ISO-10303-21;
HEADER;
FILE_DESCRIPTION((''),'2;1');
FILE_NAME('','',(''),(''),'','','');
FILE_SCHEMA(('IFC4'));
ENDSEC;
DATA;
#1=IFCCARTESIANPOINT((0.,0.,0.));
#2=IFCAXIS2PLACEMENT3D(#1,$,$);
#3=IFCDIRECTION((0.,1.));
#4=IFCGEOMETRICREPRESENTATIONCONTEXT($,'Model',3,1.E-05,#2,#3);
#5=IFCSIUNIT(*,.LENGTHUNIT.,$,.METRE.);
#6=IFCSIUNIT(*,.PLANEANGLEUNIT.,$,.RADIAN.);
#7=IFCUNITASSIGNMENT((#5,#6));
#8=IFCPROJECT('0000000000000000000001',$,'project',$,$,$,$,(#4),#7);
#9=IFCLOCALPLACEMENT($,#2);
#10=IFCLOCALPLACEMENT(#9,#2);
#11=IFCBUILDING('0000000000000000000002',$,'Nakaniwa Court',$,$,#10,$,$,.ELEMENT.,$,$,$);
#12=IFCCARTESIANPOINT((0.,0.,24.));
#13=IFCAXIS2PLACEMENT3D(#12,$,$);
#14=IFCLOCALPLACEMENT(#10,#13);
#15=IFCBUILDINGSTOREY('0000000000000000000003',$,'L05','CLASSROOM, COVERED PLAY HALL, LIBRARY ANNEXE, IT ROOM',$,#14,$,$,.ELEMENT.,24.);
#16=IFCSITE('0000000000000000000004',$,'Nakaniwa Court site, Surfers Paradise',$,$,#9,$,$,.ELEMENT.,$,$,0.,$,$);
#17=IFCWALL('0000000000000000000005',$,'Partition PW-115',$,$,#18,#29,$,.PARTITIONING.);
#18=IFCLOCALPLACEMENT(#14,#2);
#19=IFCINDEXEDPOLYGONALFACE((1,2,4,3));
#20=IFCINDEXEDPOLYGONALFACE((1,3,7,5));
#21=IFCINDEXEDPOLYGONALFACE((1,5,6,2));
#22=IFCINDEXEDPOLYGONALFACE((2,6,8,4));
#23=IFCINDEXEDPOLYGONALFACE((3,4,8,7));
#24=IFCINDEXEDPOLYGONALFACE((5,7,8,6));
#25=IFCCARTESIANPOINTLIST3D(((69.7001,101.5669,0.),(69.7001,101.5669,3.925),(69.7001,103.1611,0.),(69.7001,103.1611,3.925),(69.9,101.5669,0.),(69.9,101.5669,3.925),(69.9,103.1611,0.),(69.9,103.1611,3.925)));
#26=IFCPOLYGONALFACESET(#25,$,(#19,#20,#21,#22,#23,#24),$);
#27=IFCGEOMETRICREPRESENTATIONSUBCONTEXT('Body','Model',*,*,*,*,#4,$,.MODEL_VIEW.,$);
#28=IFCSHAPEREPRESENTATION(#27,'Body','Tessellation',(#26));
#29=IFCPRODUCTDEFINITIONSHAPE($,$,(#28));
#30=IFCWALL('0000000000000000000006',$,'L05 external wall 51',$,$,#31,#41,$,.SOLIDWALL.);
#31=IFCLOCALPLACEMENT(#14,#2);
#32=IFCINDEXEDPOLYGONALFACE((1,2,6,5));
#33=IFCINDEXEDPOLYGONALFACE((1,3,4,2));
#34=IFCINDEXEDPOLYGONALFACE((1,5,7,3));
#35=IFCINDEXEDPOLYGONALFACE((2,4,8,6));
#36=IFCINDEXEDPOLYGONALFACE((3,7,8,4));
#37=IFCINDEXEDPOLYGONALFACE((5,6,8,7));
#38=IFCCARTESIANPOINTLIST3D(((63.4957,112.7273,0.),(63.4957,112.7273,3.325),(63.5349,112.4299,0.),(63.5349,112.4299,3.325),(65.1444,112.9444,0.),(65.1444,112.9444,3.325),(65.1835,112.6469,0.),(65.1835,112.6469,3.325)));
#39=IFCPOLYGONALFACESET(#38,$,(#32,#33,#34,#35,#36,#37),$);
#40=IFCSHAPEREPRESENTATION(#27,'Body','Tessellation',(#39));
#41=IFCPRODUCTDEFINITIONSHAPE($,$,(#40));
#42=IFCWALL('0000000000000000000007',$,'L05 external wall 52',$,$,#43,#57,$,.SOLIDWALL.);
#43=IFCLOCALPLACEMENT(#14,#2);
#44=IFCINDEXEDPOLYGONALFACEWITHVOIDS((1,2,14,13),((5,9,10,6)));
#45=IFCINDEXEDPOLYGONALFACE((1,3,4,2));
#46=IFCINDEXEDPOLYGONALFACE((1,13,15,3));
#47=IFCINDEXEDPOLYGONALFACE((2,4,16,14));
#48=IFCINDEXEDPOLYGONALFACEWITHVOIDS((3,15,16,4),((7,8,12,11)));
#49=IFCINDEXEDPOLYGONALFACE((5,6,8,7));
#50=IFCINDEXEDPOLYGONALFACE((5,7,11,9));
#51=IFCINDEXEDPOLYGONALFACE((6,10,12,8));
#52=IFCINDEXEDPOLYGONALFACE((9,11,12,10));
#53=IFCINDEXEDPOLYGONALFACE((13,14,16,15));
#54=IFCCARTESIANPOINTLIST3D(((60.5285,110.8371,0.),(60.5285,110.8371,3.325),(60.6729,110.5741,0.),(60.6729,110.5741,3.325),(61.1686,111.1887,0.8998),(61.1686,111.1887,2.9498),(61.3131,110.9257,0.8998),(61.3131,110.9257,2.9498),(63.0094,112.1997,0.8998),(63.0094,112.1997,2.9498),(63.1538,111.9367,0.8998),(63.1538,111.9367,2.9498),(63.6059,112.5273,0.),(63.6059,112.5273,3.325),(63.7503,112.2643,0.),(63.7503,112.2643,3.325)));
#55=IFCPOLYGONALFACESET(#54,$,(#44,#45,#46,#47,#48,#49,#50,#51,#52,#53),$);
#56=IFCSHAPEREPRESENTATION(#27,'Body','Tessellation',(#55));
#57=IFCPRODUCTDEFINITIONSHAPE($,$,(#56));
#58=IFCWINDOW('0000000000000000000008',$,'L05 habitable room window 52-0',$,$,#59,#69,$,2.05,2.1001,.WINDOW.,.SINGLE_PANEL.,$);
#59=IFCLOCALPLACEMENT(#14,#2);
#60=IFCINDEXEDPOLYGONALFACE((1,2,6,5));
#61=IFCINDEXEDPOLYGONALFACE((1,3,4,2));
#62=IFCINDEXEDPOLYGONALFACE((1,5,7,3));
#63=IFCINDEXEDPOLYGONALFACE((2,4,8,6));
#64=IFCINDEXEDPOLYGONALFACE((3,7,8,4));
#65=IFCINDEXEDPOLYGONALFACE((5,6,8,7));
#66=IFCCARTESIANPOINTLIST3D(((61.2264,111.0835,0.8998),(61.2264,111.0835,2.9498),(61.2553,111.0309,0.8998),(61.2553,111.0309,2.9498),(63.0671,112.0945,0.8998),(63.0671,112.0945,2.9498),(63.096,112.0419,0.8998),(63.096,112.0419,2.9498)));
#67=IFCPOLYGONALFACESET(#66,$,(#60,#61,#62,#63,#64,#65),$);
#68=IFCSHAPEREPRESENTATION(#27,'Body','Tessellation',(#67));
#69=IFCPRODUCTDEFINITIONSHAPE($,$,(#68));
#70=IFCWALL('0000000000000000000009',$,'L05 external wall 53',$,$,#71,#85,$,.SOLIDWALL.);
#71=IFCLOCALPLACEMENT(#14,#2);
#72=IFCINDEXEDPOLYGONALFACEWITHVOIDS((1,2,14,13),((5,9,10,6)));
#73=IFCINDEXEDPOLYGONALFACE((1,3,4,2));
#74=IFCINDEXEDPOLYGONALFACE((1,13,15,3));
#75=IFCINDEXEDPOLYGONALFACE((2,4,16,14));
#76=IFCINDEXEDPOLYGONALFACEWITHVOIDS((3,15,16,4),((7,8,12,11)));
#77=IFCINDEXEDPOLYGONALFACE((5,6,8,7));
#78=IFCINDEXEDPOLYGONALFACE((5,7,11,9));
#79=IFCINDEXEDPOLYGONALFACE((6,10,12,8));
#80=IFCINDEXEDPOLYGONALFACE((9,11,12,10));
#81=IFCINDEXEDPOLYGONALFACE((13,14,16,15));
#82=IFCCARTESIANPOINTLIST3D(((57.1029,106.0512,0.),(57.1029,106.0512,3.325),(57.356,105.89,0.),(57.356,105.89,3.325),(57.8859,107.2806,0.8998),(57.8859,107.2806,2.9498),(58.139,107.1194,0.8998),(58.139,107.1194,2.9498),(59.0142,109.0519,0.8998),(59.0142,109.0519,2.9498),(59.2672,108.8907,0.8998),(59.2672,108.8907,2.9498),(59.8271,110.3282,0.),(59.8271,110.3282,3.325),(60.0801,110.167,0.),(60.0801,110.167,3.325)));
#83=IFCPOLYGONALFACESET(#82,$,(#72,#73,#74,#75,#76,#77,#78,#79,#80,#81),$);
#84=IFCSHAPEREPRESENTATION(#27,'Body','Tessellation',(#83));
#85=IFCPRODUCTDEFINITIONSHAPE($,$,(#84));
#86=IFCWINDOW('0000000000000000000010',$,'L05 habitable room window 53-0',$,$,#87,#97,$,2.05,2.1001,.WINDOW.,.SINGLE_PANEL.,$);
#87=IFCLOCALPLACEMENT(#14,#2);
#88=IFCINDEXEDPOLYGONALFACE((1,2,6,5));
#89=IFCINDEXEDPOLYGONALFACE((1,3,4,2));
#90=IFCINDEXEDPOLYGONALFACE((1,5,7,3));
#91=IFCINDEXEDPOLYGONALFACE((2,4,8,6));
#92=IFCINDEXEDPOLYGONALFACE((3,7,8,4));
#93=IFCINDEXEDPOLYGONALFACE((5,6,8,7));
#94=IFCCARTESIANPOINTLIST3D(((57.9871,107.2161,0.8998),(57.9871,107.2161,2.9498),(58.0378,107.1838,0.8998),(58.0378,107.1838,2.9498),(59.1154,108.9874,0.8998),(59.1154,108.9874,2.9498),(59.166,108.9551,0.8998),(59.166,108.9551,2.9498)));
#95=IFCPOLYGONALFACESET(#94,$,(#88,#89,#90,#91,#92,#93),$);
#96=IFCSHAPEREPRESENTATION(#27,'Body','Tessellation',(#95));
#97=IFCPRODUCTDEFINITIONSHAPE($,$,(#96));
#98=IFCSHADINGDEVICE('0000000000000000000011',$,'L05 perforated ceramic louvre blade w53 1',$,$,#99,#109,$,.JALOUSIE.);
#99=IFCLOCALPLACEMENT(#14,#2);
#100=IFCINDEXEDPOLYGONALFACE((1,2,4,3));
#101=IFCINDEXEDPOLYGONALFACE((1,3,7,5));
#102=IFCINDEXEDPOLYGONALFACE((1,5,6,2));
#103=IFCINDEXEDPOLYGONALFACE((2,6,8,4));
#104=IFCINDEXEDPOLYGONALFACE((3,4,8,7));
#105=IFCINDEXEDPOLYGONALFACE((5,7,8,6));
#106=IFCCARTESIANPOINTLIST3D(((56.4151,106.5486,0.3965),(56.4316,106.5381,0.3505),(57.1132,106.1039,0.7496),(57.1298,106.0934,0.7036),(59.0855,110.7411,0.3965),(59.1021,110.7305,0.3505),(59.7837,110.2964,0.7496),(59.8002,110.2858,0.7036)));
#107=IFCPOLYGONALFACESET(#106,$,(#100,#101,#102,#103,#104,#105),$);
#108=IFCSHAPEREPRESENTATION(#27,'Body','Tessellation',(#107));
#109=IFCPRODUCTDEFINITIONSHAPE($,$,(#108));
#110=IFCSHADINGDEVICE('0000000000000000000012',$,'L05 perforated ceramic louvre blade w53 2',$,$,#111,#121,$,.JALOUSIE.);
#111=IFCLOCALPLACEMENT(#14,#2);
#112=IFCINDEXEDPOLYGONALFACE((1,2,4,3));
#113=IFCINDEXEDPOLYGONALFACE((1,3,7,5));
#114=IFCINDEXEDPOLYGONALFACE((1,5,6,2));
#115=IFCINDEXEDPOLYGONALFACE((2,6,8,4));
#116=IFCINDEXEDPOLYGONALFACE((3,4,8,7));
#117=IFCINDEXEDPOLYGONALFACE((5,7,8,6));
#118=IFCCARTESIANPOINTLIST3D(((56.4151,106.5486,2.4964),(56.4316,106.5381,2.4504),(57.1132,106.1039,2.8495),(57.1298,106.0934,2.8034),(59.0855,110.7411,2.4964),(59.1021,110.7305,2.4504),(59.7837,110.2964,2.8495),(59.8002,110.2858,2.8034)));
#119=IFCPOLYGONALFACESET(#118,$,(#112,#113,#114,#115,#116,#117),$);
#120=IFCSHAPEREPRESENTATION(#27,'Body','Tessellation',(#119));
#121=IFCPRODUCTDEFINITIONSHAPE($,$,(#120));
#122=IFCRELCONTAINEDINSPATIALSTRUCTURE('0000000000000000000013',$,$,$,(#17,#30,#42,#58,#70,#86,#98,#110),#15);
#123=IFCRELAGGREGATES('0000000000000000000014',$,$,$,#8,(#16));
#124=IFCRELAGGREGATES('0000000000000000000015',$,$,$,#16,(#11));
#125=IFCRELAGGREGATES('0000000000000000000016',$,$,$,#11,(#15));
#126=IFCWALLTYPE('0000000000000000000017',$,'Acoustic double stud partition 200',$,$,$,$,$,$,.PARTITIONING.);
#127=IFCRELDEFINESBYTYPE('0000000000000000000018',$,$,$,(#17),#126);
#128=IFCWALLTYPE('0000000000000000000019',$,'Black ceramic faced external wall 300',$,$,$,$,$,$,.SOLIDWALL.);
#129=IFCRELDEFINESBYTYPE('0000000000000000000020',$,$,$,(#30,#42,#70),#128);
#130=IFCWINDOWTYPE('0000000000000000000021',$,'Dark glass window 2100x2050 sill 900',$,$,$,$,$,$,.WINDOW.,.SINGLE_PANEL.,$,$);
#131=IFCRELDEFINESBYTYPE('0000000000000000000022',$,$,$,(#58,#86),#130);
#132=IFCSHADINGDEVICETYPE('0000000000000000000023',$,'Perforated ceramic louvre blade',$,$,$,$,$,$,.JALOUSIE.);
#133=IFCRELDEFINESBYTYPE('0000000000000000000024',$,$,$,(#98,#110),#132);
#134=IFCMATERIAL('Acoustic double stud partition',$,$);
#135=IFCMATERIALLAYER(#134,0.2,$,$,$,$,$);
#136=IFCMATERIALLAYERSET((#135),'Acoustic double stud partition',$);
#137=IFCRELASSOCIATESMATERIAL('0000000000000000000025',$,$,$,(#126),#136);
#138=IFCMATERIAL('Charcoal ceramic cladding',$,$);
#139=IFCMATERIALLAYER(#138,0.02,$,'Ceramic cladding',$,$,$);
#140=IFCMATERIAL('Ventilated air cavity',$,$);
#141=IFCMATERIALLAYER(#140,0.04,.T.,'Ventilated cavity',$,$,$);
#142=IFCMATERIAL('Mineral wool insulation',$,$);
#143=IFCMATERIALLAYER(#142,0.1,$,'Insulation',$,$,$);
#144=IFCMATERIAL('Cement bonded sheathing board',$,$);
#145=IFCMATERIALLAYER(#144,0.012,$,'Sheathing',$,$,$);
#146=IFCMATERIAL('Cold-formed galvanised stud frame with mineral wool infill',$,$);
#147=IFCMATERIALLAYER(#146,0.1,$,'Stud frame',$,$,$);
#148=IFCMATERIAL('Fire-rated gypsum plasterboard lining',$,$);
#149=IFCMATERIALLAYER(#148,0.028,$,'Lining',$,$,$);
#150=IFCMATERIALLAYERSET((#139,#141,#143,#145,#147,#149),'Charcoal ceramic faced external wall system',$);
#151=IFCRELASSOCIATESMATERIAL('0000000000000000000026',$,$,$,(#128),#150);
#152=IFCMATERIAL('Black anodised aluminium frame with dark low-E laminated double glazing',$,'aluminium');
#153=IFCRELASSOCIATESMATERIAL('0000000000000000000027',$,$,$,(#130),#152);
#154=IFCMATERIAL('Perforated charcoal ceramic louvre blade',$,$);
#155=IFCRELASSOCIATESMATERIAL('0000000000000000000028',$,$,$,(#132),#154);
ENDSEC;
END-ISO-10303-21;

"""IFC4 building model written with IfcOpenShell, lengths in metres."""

from ifc_helpers import new_model, si_unit, direction, frame, frame_2d, origin, origin_2d, place, context, subcontext, project, spatial, rectangle, extrude, material, layer, layer_set, material_profile, profile_set, type_object, element, fill, save


model = new_model("IFC4")

# Units and contexts
model_context = context("Model", 3, precision=1e-05, world=origin(), true_north=direction((0.0, 1.0)))
body_context = subcontext(model_context, "Body", "Model", "MODEL_VIEW")
ifc_project = project(units=[si_unit("LENGTHUNIT", "METRE"), si_unit("PLANEANGLEUNIT", "RADIAN")], contexts=[model_context])

# Site, building, storey
site_placement = place(None, origin())
site = spatial("IfcSite", under=ifc_project, at=site_placement, Name="Nakaniwa Court site, Surfers Paradise", CompositionType="ELEMENT", RefElevation=0.0)
building_placement = place(site_placement, origin())
building = spatial("IfcBuilding", under=site, at=building_placement, Name="Nakaniwa Court", CompositionType="ELEMENT")
storey_placement = place(building_placement, frame((0.0, 0.0, 24.0)))
storey = spatial("IfcBuildingStorey", under=building, at=storey_placement, Name="L05", Description="CLASSROOM, COVERED PLAY HALL, LIBRARY ANNEXE, IT ROOM", CompositionType="ELEMENT", Elevation=24.0)

# Shared definitions
ifc_material_1 = material(Name="Acoustic double stud partition")
ifc_layer_1 = layer(ifc_material_1, 0.2)
ifc_layer_set_1 = layer_set([ifc_layer_1], Name="Acoustic double stud partition")
wall_type_1 = type_object("IfcWallType", Name="Acoustic double stud partition 200", PredefinedType="PARTITIONING", material=ifc_layer_set_1)

# Walls
wall_1_placement = place(storey_placement, frame((69.8, 101.5669, 0.0), z_axis=(0.0, 0.0, 1.0), x_axis=(0.0, 1.0, 0.0)))
element("IfcWall", 1, at=wall_1_placement, inside=storey, type_object=wall_type_1, Name="Partition PW-115", PredefinedType="PARTITIONING", context=body_context, shape_type="SweptSolid", body=[
    extrude(rectangle(XDim=1.5942, YDim=0.2, at=frame_2d((0.7971, 0.0))), origin(), (0.0, 0.0, 1.0), 3.925),
])
ifc_material_2 = material(Name="Charcoal ceramic cladding")
ifc_layer_2 = layer(ifc_material_2, 0.02, Name="Ceramic cladding")
ifc_material_3 = material(Name="Ventilated air cavity")
ifc_layer_3 = layer(ifc_material_3, 0.04, ventilated=True, Name="Ventilated cavity")
ifc_material_4 = material(Name="Mineral wool insulation")
ifc_layer_4 = layer(ifc_material_4, 0.1, Name="Insulation")
ifc_material_5 = material(Name="Cement bonded sheathing board")
ifc_layer_5 = layer(ifc_material_5, 0.012, Name="Sheathing")
ifc_material_6 = material(Name="Cold-formed galvanised stud frame with mineral wool infill")
ifc_layer_6 = layer(ifc_material_6, 0.1, Name="Stud frame")
ifc_material_7 = material(Name="Fire-rated gypsum plasterboard lining")
ifc_layer_7 = layer(ifc_material_7, 0.028, Name="Lining")
ifc_layer_set_2 = layer_set([ifc_layer_2, ifc_layer_3, ifc_layer_4, ifc_layer_5, ifc_layer_6, ifc_layer_7], Name="Charcoal ceramic faced external wall system")
wall_type_2 = type_object("IfcWallType", Name="Black ceramic faced external wall 300", PredefinedType="SOLIDWALL", material=ifc_layer_set_2)
wall_2_placement = place(storey_placement, frame((65.1641, 112.7957, 0.0), z_axis=(0.0, 0.0, 1.0), x_axis=(-0.991446, -0.130519, 0.0)))
element("IfcWall", 2, at=wall_2_placement, inside=storey, type_object=wall_type_2, Name="L05 external wall 51", PredefinedType="SOLIDWALL", context=body_context, shape_type="SweptSolid", body=[
    extrude(rectangle(XDim=1.6628, YDim=0.3, at=frame_2d((0.8315, 0.0))), origin(), (0.0, 0.0, 1.0), 3.325),
])

# Walls, openings, windows
wall_3_placement = place(storey_placement, frame((63.678, 112.3958, 0.0), z_axis=(0.0, 0.0, 1.0), x_axis=(-0.876502, -0.481398, 0.0)))
wall_3 = element("IfcWall", 3, at=wall_3_placement, inside=storey, type_object=wall_type_2, Name="L05 external wall 52", PredefinedType="SOLIDWALL", context=body_context, shape_type="SweptSolid", body=[
    extrude(rectangle(XDim=3.511, YDim=0.3, at=frame_2d((1.7554, 0.0))), origin(), (0.0, 0.0, 1.0), 3.325),
])
opening_1_placement = place(wall_3_placement, frame((0.6804, 0.0, 0.8999)))
opening_1 = element("IfcOpeningElement", 4, at=opening_1_placement, cuts=wall_3, PredefinedType="OPENING", context=body_context, shape_type="SweptSolid", body=[
    extrude(rectangle(XDim=2.1001, YDim=2.05, at=frame_2d((1.05, 1.0249))), frame((0.0, 0.1599, 0.0), z_axis=(0.0, -1.0, 0.0), x_axis=(1.0, 0.0, 0.0)), (0.0, 0.0, 1.0), 0.3201),
])
ifc_material_8 = material(Name="Black anodised aluminium frame with dark low-E laminated double glazing", Category="aluminium")
window_type = type_object("IfcWindowType", Name="Dark glass window 2100x2050 sill 900", PartitioningType="SINGLE_PANEL", PredefinedType="WINDOW", material=ifc_material_8)
window_1_placement = place(opening_1_placement, origin())
window_1 = element("IfcWindow", 5, at=window_1_placement, inside=storey, type_object=window_type, Name="L05 habitable room window 52-0", OverallHeight=2.05, OverallWidth=2.1001, PartitioningType="SINGLE_PANEL", PredefinedType="WINDOW", context=body_context, shape_type="SweptSolid", body=[
    extrude(rectangle(XDim=2.1001, YDim=2.05, at=frame_2d((1.05, 1.0249))), frame((0.0, 0.03, 0.0), z_axis=(0.0, -1.0, 0.0), x_axis=(1.0, 0.0, 0.0)), (0.0, 0.0, 1.0), 0.0601),
])
fill(opening_1, window_1)
wall_4_placement = place(storey_placement, frame((59.9536, 110.2476, 0.0), z_axis=(0.0, 0.0, 1.0), x_axis=(-0.537224, -0.843439, 0.0)))
wall_4 = element("IfcWall", 6, at=wall_4_placement, inside=storey, type_object=wall_type_2, Name="L05 external wall 53", PredefinedType="SOLIDWALL", context=body_context, shape_type="SweptSolid", body=[
    extrude(rectangle(XDim=5.0708, YDim=0.3, at=frame_2d((2.5354, 0.0))), origin(), (0.0, 0.0, 1.0), 3.325),
])
opening_2_placement = place(wall_4_placement, frame((1.5132, 0.0, 0.8999)))
opening_2 = element("IfcOpeningElement", 7, at=opening_2_placement, cuts=wall_4, PredefinedType="OPENING", context=body_context, shape_type="SweptSolid", body=[
    extrude(rectangle(XDim=2.1001, YDim=2.05, at=frame_2d((1.05, 1.0249))), frame((0.0, 0.1599, 0.0), z_axis=(0.0, -1.0, 0.0), x_axis=(1.0, 0.0, 0.0)), (0.0, 0.0, 1.0), 0.3201),
])
window_2_placement = place(opening_2_placement, origin())
window_2 = element("IfcWindow", 8, at=window_2_placement, inside=storey, type_object=window_type, Name="L05 habitable room window 53-0", OverallHeight=2.05, OverallWidth=2.1001, PartitioningType="SINGLE_PANEL", PredefinedType="WINDOW", context=body_context, shape_type="SweptSolid", body=[
    extrude(rectangle(XDim=2.1001, YDim=2.05, at=frame_2d((1.05, 1.0249))), frame((0.0, 0.03, 0.0), z_axis=(0.0, -1.0, 0.0), x_axis=(1.0, 0.0, 0.0)), (0.0, 0.0, 1.0), 0.0601),
])
fill(opening_2, window_2)

# Shading devices
ifc_material_9 = material(Name="Perforated charcoal ceramic louvre blade")
ifc_material_profile_1 = material_profile(ifc_material_9, rectangle(XDim=0.8999, YDim=0.05, at=origin_2d()), Name="Perforated ceramic louvre blade")
ifc_profile_set_1 = profile_set([ifc_material_profile_1], Name="Perforated charcoal ceramic louvre blade")
shading_device_type = type_object("IfcShadingDeviceType", Name="Perforated ceramic louvre blade", PredefinedType="JALOUSIE", material=ifc_profile_set_1)
for number, where, z_axis, x_axis, name in (
    (9, (59.4429, 110.5134, 0.55), (-0.537238, -0.843431, 0.0), (0.775806, -0.494163, 0.392337), "L05 perforated ceramic louvre blade w53 1"),
    (10, (59.4429, 110.5134, 2.6499), (-0.537238, -0.843431, 0.0), (0.775806, -0.494163, 0.392337), "L05 perforated ceramic louvre blade w53 2"),
):
    element("IfcShadingDevice", number, at=place(storey_placement, frame(where, z_axis=z_axis, x_axis=x_axis)), inside=storey, type_object=shading_device_type, Name=name, PredefinedType="JALOUSIE", context=body_context, shape_type="SweptSolid", body=[
        extrude(rectangle(XDim=0.8999, YDim=0.05, at=origin_2d()), origin(), (0.0, 0.0, 1.0), 4.9707),
    ])

save(model, "model.ifc")
